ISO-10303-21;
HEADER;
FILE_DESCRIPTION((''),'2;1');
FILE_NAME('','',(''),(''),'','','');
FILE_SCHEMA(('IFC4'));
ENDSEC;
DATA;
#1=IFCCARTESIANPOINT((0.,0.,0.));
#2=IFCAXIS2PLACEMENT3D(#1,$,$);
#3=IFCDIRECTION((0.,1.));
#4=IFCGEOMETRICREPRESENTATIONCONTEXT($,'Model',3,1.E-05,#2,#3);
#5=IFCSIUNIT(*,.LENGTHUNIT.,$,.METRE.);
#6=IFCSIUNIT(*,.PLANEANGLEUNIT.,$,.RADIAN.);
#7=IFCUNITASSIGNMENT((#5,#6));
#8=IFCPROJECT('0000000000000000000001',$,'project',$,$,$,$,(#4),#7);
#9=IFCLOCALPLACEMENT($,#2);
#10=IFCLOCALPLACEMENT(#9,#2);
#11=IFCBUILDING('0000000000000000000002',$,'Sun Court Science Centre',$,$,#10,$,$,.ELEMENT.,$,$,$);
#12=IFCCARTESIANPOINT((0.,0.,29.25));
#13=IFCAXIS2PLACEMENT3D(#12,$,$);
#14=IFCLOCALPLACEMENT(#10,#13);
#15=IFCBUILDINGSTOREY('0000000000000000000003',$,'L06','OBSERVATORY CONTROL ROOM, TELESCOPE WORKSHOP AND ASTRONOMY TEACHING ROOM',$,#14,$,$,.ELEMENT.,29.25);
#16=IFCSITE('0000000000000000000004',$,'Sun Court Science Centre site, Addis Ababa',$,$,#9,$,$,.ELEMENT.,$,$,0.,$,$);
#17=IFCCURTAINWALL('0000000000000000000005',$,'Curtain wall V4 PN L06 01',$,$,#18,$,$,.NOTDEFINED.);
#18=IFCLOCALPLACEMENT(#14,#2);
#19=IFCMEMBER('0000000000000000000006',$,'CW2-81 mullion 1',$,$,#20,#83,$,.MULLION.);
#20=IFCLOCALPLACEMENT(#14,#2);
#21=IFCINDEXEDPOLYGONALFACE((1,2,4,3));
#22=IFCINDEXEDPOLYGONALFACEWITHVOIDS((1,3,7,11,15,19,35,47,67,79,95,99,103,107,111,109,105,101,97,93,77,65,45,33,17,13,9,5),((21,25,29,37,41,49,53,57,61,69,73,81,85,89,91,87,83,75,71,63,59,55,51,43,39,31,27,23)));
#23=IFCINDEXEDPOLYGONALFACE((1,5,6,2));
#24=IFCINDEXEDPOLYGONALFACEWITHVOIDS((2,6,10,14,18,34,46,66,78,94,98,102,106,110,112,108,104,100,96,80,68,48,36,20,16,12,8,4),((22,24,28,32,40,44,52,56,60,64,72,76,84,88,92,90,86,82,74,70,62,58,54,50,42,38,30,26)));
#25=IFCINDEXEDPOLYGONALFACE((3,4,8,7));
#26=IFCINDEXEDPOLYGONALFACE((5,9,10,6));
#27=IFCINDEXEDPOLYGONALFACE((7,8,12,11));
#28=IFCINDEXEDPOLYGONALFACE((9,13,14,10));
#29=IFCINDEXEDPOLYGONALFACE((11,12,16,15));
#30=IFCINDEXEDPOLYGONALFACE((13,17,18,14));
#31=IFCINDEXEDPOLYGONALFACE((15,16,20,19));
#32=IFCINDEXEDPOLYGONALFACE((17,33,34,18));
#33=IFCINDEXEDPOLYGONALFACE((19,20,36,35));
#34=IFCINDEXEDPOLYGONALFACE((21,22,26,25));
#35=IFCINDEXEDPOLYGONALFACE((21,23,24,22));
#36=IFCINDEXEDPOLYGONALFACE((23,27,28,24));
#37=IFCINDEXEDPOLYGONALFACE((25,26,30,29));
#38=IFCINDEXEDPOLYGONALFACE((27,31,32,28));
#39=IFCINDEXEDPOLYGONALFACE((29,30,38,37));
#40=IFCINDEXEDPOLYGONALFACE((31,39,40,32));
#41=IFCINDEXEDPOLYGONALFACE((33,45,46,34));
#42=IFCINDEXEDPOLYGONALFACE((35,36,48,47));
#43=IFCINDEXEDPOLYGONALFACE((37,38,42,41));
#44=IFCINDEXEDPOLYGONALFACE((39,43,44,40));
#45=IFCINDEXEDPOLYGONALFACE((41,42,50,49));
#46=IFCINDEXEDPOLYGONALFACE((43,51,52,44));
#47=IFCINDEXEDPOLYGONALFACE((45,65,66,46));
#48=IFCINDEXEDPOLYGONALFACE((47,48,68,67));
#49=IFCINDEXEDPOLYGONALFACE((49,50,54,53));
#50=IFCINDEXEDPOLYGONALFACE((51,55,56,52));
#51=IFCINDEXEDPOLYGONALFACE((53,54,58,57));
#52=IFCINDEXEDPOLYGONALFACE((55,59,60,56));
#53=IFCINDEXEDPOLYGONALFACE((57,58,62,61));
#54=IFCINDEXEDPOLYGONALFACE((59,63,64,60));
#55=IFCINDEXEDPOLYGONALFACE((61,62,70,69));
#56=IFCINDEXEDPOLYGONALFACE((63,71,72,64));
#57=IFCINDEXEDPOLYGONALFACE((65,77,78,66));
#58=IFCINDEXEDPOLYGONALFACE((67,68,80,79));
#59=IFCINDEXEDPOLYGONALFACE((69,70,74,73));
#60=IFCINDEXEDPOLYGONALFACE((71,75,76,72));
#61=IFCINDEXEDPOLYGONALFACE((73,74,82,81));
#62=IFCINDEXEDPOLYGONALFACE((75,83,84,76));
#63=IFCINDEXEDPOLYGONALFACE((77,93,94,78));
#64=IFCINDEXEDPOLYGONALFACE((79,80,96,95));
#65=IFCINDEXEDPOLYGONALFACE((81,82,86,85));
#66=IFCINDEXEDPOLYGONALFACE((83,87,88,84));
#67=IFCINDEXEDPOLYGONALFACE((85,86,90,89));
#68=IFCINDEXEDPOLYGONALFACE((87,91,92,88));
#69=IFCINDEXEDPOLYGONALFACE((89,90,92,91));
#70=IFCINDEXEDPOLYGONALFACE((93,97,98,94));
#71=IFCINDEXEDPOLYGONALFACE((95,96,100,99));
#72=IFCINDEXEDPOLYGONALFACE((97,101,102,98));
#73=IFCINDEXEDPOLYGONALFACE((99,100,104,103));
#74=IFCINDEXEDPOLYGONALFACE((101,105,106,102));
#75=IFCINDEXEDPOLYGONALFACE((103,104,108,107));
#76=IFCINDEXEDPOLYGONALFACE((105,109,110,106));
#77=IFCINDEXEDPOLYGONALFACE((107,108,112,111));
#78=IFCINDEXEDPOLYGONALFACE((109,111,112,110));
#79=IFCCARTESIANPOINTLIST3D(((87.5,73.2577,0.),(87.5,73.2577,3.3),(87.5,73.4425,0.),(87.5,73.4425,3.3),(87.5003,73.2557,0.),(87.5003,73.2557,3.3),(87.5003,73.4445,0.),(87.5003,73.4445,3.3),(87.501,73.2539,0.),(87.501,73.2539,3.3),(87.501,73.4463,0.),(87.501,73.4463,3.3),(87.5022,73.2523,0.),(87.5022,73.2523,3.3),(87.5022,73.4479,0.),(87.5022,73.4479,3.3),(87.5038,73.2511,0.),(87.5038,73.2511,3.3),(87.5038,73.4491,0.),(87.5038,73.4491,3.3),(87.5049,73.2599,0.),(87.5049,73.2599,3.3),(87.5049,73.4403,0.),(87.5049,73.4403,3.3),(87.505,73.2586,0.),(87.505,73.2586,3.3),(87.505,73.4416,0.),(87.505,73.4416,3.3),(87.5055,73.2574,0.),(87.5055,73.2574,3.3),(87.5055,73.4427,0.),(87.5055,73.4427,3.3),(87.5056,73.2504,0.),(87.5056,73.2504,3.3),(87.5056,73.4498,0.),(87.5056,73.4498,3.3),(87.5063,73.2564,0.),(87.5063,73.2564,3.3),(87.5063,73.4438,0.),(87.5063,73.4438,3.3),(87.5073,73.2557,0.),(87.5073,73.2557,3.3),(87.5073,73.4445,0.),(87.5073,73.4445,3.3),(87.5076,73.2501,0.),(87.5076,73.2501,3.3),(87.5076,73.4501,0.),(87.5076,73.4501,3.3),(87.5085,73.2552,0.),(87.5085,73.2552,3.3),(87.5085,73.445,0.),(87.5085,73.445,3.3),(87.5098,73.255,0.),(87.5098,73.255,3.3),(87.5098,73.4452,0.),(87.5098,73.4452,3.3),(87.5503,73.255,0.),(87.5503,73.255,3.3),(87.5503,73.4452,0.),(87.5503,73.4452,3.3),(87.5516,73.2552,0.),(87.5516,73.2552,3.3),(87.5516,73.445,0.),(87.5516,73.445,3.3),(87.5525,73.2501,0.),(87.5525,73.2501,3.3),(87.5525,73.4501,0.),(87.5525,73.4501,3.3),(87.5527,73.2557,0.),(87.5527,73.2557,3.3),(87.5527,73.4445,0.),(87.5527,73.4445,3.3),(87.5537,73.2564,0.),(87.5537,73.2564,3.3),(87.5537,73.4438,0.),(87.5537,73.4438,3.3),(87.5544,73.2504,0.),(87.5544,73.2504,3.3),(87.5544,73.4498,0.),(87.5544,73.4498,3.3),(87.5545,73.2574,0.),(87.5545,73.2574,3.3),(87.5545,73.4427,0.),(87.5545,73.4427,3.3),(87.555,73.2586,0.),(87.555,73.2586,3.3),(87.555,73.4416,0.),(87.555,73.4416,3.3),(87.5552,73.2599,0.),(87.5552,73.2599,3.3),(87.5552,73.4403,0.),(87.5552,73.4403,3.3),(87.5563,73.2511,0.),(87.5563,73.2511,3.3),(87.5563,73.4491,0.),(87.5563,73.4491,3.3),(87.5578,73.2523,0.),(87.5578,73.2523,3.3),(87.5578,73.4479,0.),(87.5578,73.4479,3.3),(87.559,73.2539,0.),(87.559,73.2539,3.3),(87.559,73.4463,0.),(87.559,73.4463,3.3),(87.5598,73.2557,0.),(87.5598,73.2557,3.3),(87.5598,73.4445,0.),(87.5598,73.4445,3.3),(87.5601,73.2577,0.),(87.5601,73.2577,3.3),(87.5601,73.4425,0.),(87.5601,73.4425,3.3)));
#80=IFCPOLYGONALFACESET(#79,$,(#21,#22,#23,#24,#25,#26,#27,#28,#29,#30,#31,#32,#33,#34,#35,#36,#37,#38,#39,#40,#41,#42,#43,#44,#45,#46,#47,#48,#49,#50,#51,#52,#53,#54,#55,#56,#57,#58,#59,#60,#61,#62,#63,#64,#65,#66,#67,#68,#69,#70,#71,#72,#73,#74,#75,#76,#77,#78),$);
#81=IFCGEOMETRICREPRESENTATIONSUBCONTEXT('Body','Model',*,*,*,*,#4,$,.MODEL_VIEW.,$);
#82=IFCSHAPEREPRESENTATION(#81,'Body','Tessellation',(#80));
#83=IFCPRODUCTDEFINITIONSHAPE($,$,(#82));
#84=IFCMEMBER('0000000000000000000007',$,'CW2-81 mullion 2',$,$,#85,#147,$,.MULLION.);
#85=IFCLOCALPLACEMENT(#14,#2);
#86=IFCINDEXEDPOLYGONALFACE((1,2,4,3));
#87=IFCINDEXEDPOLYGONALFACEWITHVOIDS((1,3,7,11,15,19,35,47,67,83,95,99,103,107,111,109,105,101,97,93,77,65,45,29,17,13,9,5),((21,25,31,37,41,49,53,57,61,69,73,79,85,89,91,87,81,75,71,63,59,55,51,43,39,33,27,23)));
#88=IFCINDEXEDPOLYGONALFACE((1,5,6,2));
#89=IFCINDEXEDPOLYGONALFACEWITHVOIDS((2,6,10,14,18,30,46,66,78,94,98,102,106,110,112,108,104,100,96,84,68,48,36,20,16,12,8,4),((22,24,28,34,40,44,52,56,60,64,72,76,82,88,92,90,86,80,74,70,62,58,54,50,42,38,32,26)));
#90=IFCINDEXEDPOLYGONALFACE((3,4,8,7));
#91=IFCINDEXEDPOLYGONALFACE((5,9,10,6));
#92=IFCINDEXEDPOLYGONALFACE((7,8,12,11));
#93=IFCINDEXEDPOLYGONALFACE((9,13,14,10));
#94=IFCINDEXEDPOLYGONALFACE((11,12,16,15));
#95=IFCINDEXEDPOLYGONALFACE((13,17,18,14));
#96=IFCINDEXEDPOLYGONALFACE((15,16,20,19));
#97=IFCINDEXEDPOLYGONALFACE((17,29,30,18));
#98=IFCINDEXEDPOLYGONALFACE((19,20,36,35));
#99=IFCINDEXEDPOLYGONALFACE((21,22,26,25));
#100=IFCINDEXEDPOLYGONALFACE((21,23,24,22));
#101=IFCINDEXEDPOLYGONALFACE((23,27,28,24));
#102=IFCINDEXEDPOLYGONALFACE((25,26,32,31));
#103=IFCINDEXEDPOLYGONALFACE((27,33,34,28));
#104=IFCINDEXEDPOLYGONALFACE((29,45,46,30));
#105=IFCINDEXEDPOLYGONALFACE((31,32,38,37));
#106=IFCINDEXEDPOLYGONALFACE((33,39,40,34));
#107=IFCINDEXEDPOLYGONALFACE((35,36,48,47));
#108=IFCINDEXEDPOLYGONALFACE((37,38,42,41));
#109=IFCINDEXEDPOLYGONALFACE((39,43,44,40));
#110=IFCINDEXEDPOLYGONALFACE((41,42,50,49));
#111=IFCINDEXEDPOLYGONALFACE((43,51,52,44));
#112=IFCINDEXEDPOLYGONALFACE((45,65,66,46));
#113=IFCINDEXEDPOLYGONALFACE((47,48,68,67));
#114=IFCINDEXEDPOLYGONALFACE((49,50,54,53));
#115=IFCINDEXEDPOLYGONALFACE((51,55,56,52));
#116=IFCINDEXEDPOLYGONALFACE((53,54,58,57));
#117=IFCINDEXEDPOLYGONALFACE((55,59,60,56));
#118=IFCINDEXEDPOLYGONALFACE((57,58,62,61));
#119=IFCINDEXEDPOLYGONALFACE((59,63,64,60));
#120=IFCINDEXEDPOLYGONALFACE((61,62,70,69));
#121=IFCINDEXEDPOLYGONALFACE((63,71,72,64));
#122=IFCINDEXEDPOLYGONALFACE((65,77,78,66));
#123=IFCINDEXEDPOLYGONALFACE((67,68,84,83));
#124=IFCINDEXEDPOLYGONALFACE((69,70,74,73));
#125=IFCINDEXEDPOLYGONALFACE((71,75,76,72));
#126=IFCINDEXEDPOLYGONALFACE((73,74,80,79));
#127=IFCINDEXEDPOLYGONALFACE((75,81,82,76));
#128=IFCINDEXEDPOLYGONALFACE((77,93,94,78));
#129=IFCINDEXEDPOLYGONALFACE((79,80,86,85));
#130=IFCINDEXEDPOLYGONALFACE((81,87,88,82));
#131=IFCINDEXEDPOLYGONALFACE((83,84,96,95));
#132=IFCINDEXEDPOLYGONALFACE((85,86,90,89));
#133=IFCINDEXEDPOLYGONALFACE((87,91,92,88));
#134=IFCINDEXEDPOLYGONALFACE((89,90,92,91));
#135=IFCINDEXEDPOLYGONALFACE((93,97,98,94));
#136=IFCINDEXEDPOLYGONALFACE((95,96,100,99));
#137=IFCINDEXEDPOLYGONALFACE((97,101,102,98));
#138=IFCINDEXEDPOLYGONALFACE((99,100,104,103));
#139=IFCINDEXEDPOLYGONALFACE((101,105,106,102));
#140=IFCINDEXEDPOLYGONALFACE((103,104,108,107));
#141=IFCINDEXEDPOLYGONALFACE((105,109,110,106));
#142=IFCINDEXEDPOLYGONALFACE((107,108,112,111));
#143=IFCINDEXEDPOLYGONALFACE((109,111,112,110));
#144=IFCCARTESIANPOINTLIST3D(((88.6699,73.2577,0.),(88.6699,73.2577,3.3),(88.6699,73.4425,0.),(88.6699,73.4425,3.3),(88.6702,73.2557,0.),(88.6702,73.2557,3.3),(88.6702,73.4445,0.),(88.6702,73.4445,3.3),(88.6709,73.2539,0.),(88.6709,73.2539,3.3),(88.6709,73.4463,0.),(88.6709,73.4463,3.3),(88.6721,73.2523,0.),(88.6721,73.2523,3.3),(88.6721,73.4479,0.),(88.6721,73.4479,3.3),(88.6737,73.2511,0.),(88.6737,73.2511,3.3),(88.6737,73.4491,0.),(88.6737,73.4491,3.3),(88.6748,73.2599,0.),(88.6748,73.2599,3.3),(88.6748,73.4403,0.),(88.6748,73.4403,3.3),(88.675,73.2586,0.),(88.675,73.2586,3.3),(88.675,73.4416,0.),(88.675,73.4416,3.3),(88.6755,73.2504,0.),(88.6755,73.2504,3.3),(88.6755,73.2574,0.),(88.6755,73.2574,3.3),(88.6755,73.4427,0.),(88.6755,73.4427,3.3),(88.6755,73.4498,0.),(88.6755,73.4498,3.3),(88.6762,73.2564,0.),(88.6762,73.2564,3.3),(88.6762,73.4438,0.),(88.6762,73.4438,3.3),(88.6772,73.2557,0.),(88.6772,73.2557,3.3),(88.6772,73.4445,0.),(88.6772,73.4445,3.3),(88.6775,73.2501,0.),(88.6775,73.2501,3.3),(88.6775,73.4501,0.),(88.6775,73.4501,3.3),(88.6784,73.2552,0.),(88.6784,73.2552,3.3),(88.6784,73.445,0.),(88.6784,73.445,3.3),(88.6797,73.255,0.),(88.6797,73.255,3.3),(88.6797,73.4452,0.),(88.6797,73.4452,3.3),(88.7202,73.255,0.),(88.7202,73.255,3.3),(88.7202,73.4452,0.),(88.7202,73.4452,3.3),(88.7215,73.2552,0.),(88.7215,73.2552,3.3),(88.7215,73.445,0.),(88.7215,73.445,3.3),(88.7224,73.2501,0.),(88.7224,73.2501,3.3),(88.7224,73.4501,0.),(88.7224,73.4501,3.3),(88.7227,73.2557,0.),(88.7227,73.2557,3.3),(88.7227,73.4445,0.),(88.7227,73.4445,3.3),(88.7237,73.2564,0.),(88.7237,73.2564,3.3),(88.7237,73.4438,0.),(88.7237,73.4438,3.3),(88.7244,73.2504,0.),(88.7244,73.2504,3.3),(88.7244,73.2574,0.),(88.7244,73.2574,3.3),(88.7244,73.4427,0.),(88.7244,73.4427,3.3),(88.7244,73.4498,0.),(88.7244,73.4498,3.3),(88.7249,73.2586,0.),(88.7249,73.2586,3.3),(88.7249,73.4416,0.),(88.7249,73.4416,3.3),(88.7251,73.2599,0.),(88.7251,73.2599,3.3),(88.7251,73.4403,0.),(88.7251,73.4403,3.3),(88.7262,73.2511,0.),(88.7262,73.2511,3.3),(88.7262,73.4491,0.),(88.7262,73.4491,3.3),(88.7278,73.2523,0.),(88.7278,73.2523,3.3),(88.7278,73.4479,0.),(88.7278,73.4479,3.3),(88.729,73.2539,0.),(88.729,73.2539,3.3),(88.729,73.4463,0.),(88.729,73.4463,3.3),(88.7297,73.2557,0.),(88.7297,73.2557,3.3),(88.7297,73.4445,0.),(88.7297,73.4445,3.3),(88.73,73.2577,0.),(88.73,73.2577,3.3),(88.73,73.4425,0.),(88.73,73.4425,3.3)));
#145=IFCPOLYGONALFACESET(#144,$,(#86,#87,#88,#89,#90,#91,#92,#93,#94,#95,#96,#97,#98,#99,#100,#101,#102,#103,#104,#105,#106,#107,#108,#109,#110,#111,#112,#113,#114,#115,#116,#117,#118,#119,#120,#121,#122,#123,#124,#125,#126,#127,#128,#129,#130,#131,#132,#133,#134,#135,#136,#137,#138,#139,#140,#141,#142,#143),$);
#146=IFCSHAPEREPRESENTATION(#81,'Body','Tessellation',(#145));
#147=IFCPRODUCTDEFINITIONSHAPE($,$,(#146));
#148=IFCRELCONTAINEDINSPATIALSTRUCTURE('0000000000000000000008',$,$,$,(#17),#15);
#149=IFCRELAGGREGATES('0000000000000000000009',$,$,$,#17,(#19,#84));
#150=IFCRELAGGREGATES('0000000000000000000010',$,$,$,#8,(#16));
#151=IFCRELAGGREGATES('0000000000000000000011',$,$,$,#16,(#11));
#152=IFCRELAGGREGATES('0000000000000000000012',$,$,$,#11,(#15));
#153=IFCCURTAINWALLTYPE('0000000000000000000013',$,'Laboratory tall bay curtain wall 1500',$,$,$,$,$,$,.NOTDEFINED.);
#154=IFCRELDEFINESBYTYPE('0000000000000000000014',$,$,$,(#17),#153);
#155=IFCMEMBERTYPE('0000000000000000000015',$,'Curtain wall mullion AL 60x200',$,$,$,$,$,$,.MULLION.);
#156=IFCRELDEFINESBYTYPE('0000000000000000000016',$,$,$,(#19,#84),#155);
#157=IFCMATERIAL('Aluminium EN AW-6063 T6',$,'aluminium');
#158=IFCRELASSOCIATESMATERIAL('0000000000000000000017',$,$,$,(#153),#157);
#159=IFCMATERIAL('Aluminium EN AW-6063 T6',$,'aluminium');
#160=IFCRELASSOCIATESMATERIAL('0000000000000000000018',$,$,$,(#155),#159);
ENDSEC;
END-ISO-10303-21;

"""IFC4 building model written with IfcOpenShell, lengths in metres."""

from ifc_helpers import new_model, si_unit, direction, frame, origin, origin_2d, place, context, subcontext, project, spatial, hollow_rectangle, extrude, material, material_profile, profile_set, type_object, element, aggregate, save


model = new_model("IFC4")

# Units and contexts
model_context = context("Model", 3, precision=1e-05, world=origin(), true_north=direction((0.0, 1.0)))
body_context = subcontext(model_context, "Body", "Model", "MODEL_VIEW")
ifc_project = project(units=[si_unit("LENGTHUNIT", "METRE"), si_unit("PLANEANGLEUNIT", "RADIAN")], contexts=[model_context])

# Site, building, storey
site_placement = place(None, origin())
site = spatial("IfcSite", under=ifc_project, at=site_placement, Name="Sun Court Science Centre site, Addis Ababa", CompositionType="ELEMENT", RefElevation=0.0)
building_placement = place(site_placement, origin())
building = spatial("IfcBuilding", under=site, at=building_placement, Name="Sun Court Science Centre", CompositionType="ELEMENT")
storey_placement = place(building_placement, frame((0.0, 0.0, 29.25)))
storey = spatial("IfcBuildingStorey", under=building, at=storey_placement, Name="L06", Description="OBSERVATORY CONTROL ROOM, TELESCOPE WORKSHOP AND ASTRONOMY TEACHING ROOM", CompositionType="ELEMENT", Elevation=29.25)

# Curtain wall, members
ifc_material_1 = material(Name="Aluminium EN AW-6063 T6", Category="aluminium")
curtain_wall_type = type_object("IfcCurtainWallType", Name="Laboratory tall bay curtain wall 1500", PredefinedType="NOTDEFINED", material=ifc_material_1)
curtain_wall_1_placement = place(storey_placement, origin())
curtain_wall_1 = element("IfcCurtainWall", 1, at=curtain_wall_1_placement, inside=storey, type_object=curtain_wall_type, Name="Curtain wall V4 PN L06 01", PredefinedType="NOTDEFINED")
ifc_material_2 = material(Name="Aluminium EN AW-6063 T6", Category="aluminium")
ifc_material_profile_1 = material_profile(ifc_material_2, hollow_rectangle(XDim=0.0601, YDim=0.2, WallThickness=0.0049, InnerFilletRadius=0.0049, OuterFilletRadius=0.0076, at=origin_2d()), Name="AL 60x200x5")
ifc_profile_set_1 = profile_set([ifc_material_profile_1], Name="Aluminium EN AW-6063 T6")
member_type_1 = type_object("IfcMemberType", Name="Curtain wall mullion AL 60x200", PredefinedType="MULLION", material=ifc_profile_set_1)
member_1_placement = place(storey_placement, frame((87.53, 73.3501, 0.0), z_axis=(0.0, 0.0, 1.0), x_axis=(1.0, 0.0, 0.0)))
member_1 = element("IfcMember", 2, at=member_1_placement, type_object=member_type_1, Name="CW2-81 mullion 1", PredefinedType="MULLION", context=body_context, shape_type="SweptSolid", body=[
    extrude(hollow_rectangle(XDim=0.0601, YDim=0.2, WallThickness=0.0049, InnerFilletRadius=0.0049, OuterFilletRadius=0.0076, at=origin_2d()), origin(), (0.0, 0.0, 1.0), 3.3),
])
member_2_placement = place(storey_placement, frame((88.7, 73.3501, 0.0), z_axis=(0.0, 0.0, 1.0), x_axis=(1.0, 0.0, 0.0)))
member_2 = element("IfcMember", 3, at=member_2_placement, type_object=member_type_1, Name="CW2-81 mullion 2", PredefinedType="MULLION", context=body_context, shape_type="SweptSolid", body=[
    extrude(hollow_rectangle(XDim=0.0601, YDim=0.2, WallThickness=0.0049, InnerFilletRadius=0.0049, OuterFilletRadius=0.0076, at=origin_2d()), origin(), (0.0, 0.0, 1.0), 3.3),
])

aggregate(curtain_wall_1, [member_1, member_2])

save(model, "model.ifc")
